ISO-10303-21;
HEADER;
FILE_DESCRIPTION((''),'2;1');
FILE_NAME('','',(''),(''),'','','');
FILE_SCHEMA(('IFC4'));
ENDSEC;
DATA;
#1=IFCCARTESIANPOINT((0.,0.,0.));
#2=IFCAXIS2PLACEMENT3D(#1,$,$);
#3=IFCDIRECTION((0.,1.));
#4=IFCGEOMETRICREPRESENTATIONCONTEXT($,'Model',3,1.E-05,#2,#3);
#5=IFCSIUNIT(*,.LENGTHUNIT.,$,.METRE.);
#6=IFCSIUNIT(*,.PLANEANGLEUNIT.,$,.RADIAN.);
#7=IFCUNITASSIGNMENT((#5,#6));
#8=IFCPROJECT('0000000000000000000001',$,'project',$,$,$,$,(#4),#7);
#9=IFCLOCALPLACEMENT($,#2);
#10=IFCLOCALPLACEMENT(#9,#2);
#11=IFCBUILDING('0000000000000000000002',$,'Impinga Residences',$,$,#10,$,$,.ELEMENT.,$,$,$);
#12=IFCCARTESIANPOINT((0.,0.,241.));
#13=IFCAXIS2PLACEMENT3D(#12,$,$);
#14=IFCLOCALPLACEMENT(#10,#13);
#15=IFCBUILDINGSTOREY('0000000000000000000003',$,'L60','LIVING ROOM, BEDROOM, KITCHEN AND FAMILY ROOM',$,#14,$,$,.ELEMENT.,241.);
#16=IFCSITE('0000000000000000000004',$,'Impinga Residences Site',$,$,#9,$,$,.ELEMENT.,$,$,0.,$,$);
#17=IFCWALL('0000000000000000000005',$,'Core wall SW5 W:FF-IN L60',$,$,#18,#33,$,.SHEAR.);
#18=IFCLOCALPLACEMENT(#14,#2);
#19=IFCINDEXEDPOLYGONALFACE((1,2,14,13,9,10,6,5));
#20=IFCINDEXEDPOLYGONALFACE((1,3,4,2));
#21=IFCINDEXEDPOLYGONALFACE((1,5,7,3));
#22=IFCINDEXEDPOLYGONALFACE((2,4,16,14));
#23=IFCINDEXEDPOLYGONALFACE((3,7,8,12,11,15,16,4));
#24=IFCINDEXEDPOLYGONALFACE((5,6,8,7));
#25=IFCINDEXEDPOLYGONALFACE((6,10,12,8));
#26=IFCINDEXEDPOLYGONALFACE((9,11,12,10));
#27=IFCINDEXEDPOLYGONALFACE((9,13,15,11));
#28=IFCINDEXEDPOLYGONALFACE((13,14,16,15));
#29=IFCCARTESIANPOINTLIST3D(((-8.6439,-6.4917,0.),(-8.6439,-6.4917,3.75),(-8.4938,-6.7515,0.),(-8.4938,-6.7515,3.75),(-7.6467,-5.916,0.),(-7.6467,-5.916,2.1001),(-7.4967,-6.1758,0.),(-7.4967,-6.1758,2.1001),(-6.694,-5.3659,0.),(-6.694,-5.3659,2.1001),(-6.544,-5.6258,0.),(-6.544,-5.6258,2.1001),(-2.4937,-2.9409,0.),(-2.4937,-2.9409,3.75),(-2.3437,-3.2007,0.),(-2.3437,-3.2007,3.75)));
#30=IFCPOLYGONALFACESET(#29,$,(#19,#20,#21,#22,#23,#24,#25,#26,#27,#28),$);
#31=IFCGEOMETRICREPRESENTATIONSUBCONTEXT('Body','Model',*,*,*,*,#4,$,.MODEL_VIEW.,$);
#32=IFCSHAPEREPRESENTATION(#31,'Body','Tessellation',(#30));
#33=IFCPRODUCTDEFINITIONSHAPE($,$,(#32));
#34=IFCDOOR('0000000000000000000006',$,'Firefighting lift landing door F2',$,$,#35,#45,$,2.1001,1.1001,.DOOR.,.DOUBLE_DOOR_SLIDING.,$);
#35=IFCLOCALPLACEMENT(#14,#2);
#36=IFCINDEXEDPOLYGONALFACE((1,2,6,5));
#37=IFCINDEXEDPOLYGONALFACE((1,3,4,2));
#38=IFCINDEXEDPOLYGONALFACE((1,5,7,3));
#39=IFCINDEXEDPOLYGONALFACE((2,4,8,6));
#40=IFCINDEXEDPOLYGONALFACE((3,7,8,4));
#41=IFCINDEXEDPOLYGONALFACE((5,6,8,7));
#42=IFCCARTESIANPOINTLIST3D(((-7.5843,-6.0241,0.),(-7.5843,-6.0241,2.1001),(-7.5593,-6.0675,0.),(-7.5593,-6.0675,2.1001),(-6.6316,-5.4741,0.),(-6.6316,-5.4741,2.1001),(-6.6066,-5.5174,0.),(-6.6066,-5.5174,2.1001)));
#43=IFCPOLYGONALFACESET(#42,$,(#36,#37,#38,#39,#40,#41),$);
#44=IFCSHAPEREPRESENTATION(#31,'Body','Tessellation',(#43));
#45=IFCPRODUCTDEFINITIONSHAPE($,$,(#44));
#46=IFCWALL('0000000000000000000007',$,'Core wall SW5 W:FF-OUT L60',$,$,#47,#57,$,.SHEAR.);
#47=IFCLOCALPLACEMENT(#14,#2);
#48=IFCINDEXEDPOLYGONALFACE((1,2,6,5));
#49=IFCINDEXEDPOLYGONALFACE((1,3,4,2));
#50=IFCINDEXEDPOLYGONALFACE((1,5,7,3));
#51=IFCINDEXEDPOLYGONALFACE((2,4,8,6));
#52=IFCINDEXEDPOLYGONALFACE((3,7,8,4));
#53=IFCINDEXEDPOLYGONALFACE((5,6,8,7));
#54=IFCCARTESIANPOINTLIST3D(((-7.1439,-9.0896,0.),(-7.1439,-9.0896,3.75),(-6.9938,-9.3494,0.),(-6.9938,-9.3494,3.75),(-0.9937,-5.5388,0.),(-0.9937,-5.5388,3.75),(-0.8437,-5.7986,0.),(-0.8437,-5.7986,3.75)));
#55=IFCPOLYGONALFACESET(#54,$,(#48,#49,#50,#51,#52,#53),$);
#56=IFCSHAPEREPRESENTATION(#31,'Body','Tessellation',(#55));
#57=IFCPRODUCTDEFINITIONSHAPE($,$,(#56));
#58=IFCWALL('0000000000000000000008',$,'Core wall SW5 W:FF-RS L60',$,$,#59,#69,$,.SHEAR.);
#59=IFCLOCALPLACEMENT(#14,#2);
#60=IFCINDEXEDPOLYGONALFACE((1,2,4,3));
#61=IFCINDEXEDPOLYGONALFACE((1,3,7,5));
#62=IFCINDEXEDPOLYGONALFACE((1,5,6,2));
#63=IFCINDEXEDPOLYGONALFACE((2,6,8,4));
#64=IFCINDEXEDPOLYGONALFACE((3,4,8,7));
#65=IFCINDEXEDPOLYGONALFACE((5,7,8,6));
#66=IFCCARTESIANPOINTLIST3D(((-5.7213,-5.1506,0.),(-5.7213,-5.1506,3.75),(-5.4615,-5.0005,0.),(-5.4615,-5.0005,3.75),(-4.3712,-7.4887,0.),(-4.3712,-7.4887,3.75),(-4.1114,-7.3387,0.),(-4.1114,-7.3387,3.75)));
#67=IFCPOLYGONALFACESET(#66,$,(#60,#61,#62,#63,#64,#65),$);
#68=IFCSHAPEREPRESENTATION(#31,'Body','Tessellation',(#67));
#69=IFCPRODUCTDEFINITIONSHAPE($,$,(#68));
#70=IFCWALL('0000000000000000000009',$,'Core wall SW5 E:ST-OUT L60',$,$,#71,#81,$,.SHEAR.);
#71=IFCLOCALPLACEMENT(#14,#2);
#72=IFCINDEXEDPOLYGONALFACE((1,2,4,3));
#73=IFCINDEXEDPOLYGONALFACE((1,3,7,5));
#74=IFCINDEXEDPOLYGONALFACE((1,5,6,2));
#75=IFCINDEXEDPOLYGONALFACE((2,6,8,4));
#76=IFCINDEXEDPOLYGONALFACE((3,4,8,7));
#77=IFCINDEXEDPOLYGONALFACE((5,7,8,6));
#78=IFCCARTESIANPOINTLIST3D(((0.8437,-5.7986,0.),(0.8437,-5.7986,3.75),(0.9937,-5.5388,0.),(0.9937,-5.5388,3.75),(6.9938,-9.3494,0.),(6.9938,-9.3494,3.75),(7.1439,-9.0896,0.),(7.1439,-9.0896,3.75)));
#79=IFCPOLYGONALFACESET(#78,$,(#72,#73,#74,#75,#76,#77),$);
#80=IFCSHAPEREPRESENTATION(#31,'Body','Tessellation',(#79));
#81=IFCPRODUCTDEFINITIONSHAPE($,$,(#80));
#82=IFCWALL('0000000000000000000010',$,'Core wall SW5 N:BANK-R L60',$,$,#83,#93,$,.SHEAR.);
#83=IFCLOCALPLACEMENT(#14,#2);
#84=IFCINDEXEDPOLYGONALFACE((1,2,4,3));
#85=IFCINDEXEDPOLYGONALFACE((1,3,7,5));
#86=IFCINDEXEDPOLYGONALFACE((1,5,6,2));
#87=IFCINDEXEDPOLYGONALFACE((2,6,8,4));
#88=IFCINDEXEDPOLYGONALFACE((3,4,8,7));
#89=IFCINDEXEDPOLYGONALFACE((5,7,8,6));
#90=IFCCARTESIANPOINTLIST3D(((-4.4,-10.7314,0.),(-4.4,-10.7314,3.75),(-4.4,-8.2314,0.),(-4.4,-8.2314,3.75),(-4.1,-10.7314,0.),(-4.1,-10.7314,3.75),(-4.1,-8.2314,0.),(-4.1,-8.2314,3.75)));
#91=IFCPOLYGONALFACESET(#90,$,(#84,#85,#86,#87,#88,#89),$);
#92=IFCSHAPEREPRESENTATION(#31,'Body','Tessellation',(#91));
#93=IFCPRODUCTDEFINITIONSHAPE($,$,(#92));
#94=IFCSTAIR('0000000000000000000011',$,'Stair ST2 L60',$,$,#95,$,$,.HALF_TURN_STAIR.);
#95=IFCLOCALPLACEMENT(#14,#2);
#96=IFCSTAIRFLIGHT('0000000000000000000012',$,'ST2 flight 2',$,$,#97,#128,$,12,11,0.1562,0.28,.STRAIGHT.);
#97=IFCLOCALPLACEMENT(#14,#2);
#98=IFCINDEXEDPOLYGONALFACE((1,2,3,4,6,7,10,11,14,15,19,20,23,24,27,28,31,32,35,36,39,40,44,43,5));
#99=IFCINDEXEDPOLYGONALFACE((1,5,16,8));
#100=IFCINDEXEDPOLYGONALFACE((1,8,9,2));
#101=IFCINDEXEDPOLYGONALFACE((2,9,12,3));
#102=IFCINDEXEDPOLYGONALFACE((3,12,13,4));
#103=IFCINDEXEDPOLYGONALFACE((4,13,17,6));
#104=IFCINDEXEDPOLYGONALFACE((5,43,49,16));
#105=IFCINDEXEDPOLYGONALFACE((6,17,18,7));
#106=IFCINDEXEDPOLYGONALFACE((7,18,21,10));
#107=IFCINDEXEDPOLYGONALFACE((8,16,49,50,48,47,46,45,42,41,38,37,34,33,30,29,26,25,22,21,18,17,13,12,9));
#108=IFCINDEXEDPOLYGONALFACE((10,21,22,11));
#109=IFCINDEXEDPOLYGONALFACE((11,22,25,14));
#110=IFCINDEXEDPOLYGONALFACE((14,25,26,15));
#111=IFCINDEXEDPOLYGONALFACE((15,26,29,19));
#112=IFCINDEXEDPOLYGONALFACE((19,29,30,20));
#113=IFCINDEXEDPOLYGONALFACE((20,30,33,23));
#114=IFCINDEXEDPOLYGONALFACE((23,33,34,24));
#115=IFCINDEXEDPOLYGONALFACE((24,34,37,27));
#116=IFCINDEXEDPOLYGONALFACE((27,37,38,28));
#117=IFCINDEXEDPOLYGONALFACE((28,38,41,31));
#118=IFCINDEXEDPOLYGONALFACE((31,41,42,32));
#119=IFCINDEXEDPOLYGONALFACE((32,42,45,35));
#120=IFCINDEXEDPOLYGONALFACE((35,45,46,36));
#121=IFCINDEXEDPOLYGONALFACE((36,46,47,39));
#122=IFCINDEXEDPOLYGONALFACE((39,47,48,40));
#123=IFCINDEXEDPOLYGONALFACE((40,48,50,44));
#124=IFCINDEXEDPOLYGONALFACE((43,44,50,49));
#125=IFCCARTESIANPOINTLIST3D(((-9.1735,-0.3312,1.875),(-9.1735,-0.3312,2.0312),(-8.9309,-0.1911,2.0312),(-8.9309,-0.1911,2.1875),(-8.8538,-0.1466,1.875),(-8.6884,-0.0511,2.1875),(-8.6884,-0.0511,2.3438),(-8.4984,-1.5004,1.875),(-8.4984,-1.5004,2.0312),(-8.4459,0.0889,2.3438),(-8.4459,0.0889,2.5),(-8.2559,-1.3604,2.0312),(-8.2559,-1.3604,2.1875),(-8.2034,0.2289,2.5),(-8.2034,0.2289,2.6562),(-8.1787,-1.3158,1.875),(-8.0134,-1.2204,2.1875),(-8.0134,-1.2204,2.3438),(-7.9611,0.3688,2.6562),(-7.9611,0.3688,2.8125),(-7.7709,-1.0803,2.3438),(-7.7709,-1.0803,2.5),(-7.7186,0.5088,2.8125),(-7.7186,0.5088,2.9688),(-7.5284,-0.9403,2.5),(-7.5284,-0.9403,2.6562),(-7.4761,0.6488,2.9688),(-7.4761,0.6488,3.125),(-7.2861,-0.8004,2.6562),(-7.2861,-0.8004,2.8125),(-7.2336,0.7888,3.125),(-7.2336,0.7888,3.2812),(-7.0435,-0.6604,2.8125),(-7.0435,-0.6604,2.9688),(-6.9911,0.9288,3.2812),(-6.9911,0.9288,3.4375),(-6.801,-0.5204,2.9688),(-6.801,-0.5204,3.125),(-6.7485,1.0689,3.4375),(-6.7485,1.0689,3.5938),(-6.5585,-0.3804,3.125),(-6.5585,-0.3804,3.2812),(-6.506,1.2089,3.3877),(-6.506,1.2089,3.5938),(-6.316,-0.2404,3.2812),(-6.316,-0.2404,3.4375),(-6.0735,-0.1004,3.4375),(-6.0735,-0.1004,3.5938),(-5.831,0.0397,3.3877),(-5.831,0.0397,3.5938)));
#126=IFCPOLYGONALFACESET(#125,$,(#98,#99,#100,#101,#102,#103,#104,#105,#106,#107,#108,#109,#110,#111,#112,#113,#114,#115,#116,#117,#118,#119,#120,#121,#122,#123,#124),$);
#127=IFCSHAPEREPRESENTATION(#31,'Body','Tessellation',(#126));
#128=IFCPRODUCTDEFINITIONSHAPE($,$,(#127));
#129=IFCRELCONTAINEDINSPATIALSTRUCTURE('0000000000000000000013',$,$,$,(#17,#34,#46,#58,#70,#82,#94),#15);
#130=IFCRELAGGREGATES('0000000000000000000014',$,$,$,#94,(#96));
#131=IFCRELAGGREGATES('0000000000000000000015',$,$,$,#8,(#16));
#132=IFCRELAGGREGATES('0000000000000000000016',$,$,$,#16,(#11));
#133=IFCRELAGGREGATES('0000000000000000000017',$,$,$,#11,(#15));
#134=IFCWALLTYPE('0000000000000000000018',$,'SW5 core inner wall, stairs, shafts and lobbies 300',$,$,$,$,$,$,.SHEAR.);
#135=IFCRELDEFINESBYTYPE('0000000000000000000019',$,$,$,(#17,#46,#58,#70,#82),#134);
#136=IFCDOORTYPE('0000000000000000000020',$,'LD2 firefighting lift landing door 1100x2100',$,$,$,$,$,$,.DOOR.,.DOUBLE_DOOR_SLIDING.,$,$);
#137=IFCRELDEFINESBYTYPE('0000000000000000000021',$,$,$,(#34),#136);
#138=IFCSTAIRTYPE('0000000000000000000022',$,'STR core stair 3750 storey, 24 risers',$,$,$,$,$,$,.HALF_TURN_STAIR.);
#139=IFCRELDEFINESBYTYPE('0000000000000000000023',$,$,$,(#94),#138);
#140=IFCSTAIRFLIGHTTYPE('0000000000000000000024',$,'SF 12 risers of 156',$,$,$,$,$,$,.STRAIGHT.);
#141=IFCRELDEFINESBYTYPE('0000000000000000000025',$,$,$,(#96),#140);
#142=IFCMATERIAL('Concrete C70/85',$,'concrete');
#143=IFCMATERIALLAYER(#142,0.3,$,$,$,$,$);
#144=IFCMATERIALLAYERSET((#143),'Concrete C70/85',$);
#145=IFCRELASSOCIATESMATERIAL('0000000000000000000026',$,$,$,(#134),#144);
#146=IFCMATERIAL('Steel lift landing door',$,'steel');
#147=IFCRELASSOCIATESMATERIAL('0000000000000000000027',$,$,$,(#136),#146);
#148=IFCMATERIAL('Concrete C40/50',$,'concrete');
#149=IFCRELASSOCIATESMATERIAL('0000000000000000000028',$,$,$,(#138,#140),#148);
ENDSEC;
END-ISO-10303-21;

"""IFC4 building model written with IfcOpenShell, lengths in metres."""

from ifc_helpers import new_model, si_unit, direction, frame, frame_2d, origin, place, context, subcontext, project, spatial, polyline, rectangle, outline, extrude, material, layer, layer_set, type_object, element, fill, aggregate, save


model = new_model("IFC4")

# Units and contexts
model_context = context("Model", 3, precision=1e-05, world=origin(), true_north=direction((0.0, 1.0)))
body_context = subcontext(model_context, "Body", "Model", "MODEL_VIEW")
ifc_project = project(units=[si_unit("LENGTHUNIT", "METRE"), si_unit("PLANEANGLEUNIT", "RADIAN")], contexts=[model_context])

# Site, building, storey
site_placement = place(None, origin())
site = spatial("IfcSite", under=ifc_project, at=site_placement, Name="Impinga Residences Site", CompositionType="ELEMENT", RefElevation=0.0)
building_placement = place(site_placement, origin())
building = spatial("IfcBuilding", under=site, at=building_placement, Name="Impinga Residences", CompositionType="ELEMENT")
storey_placement = place(building_placement, frame((0.0, 0.0, 241.0)))
storey = spatial("IfcBuildingStorey", under=building, at=storey_placement, Name="L60", Description="LIVING ROOM, BEDROOM, KITCHEN AND FAMILY ROOM", CompositionType="ELEMENT", Elevation=241.0)

# Shared definitions
ifc_material_1 = material(Name="Concrete C70/85", Category="concrete")
ifc_layer_1 = layer(ifc_material_1, 0.3)
ifc_layer_set_1 = layer_set([ifc_layer_1], Name="Concrete C70/85")
wall_type_1 = type_object("IfcWallType", Name="SW5 core inner wall, stairs, shafts and lobbies 300", PredefinedType="SHEAR", material=ifc_layer_set_1)

# Wall, opening, door
wall_1_placement = place(storey_placement, frame((-2.4187, -3.0708, 0.0), z_axis=(0.0, 0.0, 1.0), x_axis=(-0.866026, -0.499999, 0.0)))
wall_1 = element("IfcWall", 1, at=wall_1_placement, inside=storey, type_object=wall_type_1, Name="Core wall SW5 W:FF-IN L60", PredefinedType="SHEAR", context=body_context, shape_type="SweptSolid", body=[
    extrude(rectangle(XDim=7.1016, YDim=0.3, at=frame_2d((3.5508, 0.0))), origin(), (0.0, 0.0, 1.0), 3.75),
])
opening_1_placement = place(wall_1_placement, frame((4.8501, 0.0, 0.0)))
opening_1 = element("IfcOpeningElement", 2, at=opening_1_placement, cuts=wall_1, PredefinedType="OPENING", context=body_context, shape_type="SweptSolid", body=[
    extrude(rectangle(XDim=1.1001, YDim=2.1001, at=frame_2d((0.55, 1.05))), frame((0.0, 0.1599, 0.0), z_axis=(0.0, -1.0, 0.0), x_axis=(1.0, 0.0, 0.0)), (0.0, 0.0, 1.0), 0.3201),
])
ifc_material_2 = material(Name="Steel lift landing door", Category="steel")
door_type_1 = type_object("IfcDoorType", Name="LD2 firefighting lift landing door 1100x2100", OperationType="DOUBLE_DOOR_SLIDING", PredefinedType="DOOR", material=ifc_material_2)
door_1_placement = place(opening_1_placement, origin())
door_1 = element("IfcDoor", 3, at=door_1_placement, inside=storey, type_object=door_type_1, Name="Firefighting lift landing door F2", OperationType="DOUBLE_DOOR_SLIDING", OverallHeight=2.1001, OverallWidth=1.1001, PredefinedType="DOOR", context=body_context, shape_type="SweptSolid", body=[
    extrude(rectangle(XDim=1.1001, YDim=2.1001, at=frame_2d((0.55, 1.05))), frame((0.0, 0.0249, 0.0), z_axis=(0.0, -1.0, 0.0), x_axis=(1.0, 0.0, 0.0)), (0.0, 0.0, 1.0), 0.05),
])
fill(opening_1, door_1)

# Walls
wall_2_placement = place(storey_placement, frame((-0.9187, -5.6687, 0.0), z_axis=(0.0, 0.0, 1.0), x_axis=(-0.866026, -0.499999, 0.0)))
element("IfcWall", 4, at=wall_2_placement, inside=storey, type_object=wall_type_1, Name="Core wall SW5 W:FF-OUT L60", PredefinedType="SHEAR", context=body_context, shape_type="SweptSolid", body=[
    extrude(rectangle(XDim=7.1016, YDim=0.3, at=frame_2d((3.5508, 0.0))), origin(), (0.0, 0.0, 1.0), 3.75),
])
wall_3_placement = place(storey_placement, frame((-4.2412, -7.4138, 0.0), z_axis=(0.0, 0.0, 1.0), x_axis=(-0.500049, 0.865997, 0.0)))
element("IfcWall", 5, at=wall_3_placement, inside=storey, type_object=wall_type_1, Name="Core wall SW5 W:FF-RS L60", PredefinedType="SHEAR", context=body_context, shape_type="SweptSolid", body=[
    extrude(rectangle(XDim=2.7, YDim=0.3, at=frame_2d((1.3501, 0.0))), origin(), (0.0, 0.0, 1.0), 3.75),
])
wall_4_placement = place(storey_placement, frame((0.9187, -5.6687, 0.0), z_axis=(0.0, 0.0, 1.0), x_axis=(0.866026, -0.499999, 0.0)))
element("IfcWall", 6, at=wall_4_placement, inside=storey, type_object=wall_type_1, Name="Core wall SW5 E:ST-OUT L60", PredefinedType="SHEAR", context=body_context, shape_type="SweptSolid", body=[
    extrude(rectangle(XDim=7.1016, YDim=0.3, at=frame_2d((3.5508, 0.0))), origin(), (0.0, 0.0, 1.0), 3.75),
])
wall_5_placement = place(storey_placement, frame((-4.25, -8.2314, 0.0), z_axis=(0.0, 0.0, 1.0), x_axis=(0.0, -1.0, 0.0)))
element("IfcWall", 7, at=wall_5_placement, inside=storey, type_object=wall_type_1, Name="Core wall SW5 N:BANK-R L60", PredefinedType="SHEAR", context=body_context, shape_type="SweptSolid", body=[
    extrude(rectangle(XDim=2.5, YDim=0.3, at=frame_2d((1.25, 0.0))), origin(), (0.0, 0.0, 1.0), 3.75),
])

# Stair, stair flight
ifc_material_3 = material(Name="Concrete C40/50", Category="concrete")
stair_type = type_object("IfcStairType", Name="STR core stair 3750 storey, 24 risers", PredefinedType="HALF_TURN_STAIR", material=ifc_material_3)
stair_placement = place(storey_placement, origin())
stair = element("IfcStair", 8, at=stair_placement, inside=storey, type_object=stair_type, Name="Stair ST2 L60", PredefinedType="HALF_TURN_STAIR")
stair_flight_type = type_object("IfcStairFlightType", Name="SF 12 risers of 156", PredefinedType="STRAIGHT", material=ifc_material_3)
stair_flight_placement = place(storey_placement, frame((-8.8359, -0.9158, 1.875), z_axis=(0.0, 0.0, 1.0), x_axis=(0.866025, 0.5, 0.0)))
stair_flight = element("IfcStairFlight", 9, at=stair_flight_placement, type_object=stair_flight_type, Name="ST2 flight 2", NumberOfRisers=12, NumberOfTreads=11, PredefinedType="STRAIGHT", RiserHeight=0.1562, TreadLength=0.28, context=body_context, shape_type="SweptSolid", body=[
    extrude(outline(polyline([(0.0, 0.0), (0.0, 0.1562), (0.28, 0.1562), (0.28, 0.3125), (0.5601, 0.3125), (0.5601, 0.4688), (0.8401, 0.4688), (0.8401, 0.625), (1.1201, 0.625), (1.1201, 0.7812), (1.3999, 0.7812), (1.3999, 0.9375), (1.6799, 0.9375), (1.6799, 1.0938), (1.96, 1.0938), (1.96, 1.25), (2.24, 1.25), (2.24, 1.4062), (2.52, 1.4062), (2.52, 1.5625), (2.8, 1.5625), (2.8, 1.7188), (3.0801, 1.7188), (3.0801, 1.875), (3.0801, 1.5127), (0.3691, 0.0), (0.0, 0.0)])), frame((0.0, 0.675, 0.0), z_axis=(0.0, -1.0, 0.0), x_axis=(1.0, 0.0, 0.0)), (0.0, 0.0, 1.0), 1.3501),
])
aggregate(stair, [stair_flight])

save(model, "model.ifc")
